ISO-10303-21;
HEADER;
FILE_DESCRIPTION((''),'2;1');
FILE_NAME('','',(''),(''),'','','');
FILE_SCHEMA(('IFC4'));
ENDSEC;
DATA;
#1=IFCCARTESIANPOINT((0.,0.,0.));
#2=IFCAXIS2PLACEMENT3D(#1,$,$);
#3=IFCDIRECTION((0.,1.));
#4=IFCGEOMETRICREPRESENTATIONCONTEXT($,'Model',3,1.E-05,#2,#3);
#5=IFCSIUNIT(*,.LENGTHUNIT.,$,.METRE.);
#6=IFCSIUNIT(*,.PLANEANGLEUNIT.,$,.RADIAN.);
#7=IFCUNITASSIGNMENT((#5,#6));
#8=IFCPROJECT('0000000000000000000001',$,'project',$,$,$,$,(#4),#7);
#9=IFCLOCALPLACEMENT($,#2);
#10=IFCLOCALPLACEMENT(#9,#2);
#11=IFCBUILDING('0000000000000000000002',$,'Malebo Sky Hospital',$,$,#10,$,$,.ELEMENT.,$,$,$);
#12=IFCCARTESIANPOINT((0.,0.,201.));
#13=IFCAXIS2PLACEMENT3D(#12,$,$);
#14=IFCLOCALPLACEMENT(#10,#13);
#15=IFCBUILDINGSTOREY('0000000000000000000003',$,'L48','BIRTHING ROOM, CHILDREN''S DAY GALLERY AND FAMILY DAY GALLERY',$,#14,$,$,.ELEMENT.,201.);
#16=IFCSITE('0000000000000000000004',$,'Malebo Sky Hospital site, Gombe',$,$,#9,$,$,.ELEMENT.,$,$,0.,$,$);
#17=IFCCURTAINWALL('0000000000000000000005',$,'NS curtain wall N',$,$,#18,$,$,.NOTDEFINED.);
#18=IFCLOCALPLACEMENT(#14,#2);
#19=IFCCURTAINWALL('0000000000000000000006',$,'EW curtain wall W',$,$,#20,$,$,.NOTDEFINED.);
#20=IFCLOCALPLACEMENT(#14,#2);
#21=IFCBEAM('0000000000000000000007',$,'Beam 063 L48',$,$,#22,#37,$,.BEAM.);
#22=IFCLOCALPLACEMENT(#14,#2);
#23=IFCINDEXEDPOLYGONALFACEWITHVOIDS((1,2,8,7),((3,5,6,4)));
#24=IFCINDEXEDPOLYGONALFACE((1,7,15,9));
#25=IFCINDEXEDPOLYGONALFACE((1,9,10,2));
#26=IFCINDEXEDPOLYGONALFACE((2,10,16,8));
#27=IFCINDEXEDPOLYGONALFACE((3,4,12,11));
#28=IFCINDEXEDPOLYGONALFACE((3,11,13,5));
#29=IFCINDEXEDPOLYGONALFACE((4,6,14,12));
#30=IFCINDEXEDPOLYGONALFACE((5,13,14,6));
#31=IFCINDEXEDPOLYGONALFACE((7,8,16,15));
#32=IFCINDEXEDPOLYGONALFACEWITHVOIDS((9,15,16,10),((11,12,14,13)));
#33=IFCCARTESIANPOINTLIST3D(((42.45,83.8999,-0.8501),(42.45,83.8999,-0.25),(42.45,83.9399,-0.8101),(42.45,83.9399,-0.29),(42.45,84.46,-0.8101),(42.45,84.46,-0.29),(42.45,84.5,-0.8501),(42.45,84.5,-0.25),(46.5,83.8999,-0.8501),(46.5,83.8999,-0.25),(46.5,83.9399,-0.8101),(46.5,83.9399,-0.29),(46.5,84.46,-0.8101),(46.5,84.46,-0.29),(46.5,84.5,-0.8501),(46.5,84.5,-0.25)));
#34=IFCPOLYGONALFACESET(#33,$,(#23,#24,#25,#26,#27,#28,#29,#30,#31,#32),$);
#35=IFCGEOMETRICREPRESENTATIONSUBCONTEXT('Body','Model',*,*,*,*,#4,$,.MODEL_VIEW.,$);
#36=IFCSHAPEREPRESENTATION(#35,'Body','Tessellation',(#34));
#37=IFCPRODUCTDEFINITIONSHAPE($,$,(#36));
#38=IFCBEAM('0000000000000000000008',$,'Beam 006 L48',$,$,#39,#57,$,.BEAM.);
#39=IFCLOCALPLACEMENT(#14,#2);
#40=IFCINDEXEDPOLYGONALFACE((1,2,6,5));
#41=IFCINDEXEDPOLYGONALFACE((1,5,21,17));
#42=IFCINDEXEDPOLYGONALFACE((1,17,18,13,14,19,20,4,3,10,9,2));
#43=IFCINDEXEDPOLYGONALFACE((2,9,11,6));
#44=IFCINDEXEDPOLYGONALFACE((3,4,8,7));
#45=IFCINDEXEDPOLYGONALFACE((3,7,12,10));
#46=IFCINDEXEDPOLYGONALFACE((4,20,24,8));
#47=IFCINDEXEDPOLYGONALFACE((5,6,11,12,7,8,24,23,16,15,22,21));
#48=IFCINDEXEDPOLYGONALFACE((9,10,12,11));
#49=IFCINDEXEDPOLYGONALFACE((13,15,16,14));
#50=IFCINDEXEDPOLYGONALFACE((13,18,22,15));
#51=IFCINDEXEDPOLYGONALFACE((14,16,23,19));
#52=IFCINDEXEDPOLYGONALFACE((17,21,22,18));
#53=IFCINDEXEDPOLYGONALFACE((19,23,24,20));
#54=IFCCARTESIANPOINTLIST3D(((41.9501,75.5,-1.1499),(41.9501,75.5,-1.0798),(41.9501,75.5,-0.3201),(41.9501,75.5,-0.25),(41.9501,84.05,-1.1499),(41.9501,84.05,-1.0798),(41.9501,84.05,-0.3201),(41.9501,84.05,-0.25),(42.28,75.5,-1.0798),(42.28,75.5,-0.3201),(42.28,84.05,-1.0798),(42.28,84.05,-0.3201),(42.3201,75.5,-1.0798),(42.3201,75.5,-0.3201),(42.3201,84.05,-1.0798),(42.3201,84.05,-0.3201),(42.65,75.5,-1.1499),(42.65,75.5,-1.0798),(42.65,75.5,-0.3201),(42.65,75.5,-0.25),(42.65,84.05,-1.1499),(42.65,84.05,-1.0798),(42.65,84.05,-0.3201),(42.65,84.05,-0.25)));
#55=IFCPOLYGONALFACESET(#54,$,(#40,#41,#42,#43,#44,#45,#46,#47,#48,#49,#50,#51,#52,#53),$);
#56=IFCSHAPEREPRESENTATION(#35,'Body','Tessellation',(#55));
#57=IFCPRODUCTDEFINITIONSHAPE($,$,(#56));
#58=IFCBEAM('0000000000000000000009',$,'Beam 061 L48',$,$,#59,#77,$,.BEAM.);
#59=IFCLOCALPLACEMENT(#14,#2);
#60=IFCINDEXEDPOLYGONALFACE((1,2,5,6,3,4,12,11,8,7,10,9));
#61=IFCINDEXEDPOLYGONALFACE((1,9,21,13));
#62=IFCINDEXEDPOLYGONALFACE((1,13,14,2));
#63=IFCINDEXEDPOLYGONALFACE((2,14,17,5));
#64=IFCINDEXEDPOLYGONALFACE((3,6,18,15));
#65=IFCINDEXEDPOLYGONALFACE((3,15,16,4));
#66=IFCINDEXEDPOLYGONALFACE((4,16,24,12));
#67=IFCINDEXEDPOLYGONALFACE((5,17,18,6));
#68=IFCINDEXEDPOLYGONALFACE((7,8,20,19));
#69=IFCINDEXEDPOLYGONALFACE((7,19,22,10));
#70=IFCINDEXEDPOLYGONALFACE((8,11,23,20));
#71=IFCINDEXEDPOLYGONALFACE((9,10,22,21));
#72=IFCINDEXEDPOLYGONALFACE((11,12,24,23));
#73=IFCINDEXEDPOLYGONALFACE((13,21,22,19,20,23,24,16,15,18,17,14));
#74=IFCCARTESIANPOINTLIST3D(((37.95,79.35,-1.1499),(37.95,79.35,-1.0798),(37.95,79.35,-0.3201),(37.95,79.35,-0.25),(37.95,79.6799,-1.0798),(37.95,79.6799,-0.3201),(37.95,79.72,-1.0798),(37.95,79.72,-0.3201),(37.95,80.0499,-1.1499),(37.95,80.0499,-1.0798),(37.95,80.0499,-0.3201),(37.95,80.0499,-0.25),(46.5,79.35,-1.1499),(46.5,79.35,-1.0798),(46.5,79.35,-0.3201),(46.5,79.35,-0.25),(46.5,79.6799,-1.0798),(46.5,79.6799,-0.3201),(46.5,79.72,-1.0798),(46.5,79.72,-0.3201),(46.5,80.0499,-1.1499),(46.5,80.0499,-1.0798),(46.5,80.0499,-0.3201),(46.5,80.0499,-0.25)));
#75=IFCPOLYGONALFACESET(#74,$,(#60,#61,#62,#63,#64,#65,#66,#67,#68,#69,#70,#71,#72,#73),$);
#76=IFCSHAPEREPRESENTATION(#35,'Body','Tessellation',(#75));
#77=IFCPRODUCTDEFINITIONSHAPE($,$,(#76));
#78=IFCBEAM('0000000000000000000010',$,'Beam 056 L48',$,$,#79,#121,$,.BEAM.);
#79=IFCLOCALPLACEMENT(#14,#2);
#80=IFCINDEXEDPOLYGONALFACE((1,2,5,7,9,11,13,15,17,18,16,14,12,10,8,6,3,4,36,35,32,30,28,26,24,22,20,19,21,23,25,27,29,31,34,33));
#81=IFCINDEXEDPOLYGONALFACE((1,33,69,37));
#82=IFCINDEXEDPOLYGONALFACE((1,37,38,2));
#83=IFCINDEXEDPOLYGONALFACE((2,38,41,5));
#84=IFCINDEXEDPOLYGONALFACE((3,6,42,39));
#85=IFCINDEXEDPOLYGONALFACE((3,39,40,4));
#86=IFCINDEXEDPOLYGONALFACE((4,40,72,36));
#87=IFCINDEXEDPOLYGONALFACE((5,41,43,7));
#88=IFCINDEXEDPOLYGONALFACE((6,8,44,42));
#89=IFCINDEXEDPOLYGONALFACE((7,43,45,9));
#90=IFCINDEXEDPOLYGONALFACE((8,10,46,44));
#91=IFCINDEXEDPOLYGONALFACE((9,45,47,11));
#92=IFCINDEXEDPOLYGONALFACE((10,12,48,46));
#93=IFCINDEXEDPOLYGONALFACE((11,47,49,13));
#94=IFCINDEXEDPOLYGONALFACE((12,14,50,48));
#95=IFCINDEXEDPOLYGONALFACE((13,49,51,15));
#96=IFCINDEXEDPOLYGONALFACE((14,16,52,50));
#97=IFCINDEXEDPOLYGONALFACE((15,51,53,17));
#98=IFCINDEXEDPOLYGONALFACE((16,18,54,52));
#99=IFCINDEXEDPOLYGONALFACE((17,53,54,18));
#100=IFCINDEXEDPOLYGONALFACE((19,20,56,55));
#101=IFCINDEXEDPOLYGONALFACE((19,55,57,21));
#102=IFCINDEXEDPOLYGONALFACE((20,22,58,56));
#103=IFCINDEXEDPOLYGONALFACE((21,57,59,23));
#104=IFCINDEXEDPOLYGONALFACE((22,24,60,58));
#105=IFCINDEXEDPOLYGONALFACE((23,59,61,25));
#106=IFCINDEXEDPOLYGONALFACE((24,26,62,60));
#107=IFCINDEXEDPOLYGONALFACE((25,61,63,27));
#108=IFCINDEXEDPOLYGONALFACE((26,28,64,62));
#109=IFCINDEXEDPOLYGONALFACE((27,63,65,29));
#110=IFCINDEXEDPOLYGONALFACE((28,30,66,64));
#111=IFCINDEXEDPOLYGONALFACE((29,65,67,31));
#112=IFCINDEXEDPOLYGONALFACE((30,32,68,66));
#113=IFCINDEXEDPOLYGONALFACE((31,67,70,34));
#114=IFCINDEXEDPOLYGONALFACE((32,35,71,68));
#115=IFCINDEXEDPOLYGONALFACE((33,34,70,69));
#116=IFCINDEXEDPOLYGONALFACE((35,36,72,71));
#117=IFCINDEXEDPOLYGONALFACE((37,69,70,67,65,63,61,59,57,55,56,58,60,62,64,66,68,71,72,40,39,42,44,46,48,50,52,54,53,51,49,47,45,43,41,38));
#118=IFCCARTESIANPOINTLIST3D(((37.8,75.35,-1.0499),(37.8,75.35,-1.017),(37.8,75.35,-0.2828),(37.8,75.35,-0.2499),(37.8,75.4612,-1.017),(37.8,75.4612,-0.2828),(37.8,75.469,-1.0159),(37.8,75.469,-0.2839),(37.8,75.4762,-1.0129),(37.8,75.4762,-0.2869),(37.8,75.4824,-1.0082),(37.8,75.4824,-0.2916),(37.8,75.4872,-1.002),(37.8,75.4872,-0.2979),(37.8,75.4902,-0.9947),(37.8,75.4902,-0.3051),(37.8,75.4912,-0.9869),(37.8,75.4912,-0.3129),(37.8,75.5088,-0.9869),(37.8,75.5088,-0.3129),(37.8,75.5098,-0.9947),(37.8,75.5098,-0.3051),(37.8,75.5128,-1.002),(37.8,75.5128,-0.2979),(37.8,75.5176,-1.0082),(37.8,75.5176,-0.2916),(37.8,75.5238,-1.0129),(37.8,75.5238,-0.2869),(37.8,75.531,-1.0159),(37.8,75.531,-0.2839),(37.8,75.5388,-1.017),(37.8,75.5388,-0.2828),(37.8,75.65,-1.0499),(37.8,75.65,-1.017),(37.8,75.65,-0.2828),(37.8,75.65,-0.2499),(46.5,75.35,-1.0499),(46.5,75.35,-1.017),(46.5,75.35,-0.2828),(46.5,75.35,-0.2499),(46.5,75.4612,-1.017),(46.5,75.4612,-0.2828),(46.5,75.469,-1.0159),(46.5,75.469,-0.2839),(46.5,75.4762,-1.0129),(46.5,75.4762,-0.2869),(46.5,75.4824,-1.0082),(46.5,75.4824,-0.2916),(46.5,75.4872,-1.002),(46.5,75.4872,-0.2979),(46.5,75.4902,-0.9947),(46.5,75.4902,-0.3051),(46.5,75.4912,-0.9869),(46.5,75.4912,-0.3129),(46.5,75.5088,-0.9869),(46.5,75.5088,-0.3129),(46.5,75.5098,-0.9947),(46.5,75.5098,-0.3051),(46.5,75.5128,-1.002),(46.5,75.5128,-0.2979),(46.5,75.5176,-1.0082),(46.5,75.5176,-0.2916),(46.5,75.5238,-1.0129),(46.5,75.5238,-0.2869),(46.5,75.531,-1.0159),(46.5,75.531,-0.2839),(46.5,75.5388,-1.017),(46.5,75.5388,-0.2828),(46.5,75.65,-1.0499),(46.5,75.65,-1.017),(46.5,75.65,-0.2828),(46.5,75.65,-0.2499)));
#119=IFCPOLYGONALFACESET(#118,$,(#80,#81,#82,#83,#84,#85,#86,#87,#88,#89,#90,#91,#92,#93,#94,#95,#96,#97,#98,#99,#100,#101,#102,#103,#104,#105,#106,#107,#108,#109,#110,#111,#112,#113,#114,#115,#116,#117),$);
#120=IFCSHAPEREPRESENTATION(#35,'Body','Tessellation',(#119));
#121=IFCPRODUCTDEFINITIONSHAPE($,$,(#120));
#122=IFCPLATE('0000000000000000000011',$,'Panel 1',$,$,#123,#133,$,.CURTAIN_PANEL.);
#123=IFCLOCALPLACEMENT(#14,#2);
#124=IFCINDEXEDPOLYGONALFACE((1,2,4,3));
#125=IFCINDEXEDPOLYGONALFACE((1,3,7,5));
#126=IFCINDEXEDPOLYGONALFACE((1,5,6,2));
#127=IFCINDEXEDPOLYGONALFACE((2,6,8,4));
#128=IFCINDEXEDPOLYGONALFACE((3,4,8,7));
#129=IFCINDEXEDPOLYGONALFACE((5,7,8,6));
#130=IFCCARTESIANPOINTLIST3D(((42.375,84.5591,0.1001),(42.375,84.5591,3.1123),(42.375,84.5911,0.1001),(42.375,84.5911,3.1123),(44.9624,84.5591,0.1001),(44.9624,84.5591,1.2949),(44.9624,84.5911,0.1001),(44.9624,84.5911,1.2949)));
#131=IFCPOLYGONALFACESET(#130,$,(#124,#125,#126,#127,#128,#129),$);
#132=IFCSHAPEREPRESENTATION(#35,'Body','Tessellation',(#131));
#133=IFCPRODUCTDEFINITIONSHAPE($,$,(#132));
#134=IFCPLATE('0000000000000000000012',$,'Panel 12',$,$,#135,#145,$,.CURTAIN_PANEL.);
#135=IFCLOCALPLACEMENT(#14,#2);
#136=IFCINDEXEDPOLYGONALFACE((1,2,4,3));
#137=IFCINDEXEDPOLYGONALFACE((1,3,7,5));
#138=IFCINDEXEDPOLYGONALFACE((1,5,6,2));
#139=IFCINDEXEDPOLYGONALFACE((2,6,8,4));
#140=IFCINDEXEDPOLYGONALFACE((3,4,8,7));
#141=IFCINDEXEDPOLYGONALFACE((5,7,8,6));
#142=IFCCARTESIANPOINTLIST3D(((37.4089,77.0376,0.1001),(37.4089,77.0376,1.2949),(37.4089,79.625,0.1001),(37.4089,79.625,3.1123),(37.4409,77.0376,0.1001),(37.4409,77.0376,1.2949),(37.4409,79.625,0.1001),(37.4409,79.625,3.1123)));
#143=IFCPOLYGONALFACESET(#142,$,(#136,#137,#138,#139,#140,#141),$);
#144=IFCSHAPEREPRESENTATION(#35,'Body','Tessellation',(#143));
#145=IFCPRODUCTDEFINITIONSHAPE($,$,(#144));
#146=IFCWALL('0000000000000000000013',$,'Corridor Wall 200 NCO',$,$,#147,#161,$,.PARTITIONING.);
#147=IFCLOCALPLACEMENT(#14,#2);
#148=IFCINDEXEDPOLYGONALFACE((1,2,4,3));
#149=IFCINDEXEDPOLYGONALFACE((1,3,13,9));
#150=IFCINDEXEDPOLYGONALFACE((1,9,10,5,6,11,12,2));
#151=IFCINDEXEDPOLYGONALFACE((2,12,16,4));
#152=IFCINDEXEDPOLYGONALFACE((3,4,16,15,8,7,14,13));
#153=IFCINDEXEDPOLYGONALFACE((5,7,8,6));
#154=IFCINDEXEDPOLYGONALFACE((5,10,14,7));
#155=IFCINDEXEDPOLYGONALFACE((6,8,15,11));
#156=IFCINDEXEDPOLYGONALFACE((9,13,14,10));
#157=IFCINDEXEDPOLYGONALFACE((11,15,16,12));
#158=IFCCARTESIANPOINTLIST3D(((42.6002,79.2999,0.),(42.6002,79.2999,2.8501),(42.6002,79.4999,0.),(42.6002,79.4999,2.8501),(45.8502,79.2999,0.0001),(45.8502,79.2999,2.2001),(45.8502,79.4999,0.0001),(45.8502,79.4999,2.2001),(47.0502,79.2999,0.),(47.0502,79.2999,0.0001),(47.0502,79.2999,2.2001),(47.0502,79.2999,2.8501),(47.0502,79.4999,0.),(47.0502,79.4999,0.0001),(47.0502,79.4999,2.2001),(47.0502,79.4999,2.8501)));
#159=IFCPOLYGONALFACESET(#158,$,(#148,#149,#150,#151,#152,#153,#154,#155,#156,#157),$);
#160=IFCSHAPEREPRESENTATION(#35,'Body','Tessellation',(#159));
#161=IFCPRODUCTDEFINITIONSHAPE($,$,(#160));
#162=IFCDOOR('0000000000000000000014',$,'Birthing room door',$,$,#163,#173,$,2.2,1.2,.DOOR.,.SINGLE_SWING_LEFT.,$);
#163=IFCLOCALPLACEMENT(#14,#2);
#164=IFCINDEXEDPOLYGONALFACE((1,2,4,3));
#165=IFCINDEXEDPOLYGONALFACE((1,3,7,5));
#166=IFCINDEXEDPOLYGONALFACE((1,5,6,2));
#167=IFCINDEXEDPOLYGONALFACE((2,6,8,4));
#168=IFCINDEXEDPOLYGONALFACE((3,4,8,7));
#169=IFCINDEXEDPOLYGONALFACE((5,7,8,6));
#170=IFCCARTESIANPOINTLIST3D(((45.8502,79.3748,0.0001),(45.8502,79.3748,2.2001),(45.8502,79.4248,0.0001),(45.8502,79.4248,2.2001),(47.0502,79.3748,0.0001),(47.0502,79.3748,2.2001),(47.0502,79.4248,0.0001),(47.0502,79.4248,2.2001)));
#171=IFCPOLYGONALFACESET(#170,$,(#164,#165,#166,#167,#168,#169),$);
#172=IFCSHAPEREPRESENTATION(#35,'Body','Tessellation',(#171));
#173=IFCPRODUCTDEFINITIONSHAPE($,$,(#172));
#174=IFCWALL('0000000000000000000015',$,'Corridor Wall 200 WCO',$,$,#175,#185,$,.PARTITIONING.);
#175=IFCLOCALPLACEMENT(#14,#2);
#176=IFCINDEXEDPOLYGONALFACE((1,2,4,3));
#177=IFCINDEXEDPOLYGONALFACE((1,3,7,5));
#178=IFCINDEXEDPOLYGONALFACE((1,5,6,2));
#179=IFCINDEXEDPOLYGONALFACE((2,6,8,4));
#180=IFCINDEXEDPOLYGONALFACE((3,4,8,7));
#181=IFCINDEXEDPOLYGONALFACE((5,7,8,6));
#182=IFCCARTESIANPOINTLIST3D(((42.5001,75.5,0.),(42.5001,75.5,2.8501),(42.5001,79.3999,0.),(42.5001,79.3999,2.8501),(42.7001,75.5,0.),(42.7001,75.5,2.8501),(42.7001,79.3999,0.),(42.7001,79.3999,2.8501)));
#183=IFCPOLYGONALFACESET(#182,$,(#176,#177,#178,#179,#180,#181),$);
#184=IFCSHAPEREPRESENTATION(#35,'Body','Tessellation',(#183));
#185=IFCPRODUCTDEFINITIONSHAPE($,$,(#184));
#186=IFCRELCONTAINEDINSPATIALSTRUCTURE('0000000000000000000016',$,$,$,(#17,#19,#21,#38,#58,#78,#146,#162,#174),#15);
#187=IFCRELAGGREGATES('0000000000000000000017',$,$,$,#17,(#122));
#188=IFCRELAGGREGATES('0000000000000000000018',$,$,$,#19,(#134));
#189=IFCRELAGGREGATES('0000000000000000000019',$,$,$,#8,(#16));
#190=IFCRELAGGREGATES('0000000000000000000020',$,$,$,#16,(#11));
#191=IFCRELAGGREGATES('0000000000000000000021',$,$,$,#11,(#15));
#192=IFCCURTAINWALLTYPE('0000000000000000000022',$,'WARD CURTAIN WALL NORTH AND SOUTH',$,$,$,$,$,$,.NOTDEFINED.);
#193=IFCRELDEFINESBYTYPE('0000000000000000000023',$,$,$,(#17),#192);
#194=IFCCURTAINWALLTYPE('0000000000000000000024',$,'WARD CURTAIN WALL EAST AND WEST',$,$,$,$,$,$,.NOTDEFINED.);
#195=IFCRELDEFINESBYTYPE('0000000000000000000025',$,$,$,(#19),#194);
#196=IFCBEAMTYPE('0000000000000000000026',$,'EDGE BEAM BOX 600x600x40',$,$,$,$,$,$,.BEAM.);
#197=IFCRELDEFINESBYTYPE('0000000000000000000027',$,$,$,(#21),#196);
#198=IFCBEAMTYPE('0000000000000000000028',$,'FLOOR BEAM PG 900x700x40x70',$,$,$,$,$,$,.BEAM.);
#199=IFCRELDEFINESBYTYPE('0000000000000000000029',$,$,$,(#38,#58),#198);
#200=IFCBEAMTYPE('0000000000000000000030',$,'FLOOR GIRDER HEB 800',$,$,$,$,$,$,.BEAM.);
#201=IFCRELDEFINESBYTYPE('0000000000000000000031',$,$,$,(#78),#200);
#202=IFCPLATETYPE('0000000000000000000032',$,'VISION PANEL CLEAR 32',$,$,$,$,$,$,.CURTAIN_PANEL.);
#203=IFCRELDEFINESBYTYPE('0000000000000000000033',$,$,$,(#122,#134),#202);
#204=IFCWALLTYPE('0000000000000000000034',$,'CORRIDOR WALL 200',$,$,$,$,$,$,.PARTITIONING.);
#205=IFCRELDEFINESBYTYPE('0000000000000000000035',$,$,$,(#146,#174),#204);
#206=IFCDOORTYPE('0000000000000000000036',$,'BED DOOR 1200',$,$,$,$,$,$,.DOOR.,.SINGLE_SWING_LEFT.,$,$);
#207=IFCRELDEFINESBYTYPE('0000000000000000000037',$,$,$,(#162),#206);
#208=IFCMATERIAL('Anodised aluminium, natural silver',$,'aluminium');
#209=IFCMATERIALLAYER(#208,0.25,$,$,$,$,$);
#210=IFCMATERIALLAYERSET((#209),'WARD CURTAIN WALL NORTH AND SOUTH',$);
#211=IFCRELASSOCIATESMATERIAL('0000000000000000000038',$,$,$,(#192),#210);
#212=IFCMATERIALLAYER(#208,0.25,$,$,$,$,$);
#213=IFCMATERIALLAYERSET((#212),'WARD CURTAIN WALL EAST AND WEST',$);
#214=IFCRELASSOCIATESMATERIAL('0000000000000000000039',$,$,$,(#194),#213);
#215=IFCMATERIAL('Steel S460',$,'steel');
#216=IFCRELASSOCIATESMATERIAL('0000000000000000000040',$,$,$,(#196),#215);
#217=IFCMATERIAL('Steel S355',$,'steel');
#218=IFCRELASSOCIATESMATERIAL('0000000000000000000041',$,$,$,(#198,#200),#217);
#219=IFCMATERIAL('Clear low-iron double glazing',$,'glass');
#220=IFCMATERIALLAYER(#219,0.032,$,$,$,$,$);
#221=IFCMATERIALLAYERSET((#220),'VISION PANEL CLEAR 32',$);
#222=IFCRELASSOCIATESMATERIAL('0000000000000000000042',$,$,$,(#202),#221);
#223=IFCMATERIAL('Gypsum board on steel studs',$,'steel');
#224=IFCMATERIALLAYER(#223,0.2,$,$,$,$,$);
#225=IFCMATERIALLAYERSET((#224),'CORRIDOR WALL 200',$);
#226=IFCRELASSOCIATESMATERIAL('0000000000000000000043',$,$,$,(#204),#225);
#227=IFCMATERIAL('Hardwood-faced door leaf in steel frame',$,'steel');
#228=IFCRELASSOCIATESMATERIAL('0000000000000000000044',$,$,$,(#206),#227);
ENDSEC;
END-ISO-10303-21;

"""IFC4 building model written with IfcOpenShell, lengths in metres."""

from ifc_helpers import new_model, si_unit, direction, frame, frame_2d, origin, origin_2d, place, context, subcontext, project, spatial, polyline, rectangle, hollow_rectangle, i_section, outline, extrude, material, layer, layer_set, material_profile, profile_set, type_object, element, fill, aggregate, save


model = new_model("IFC4")

# Units and contexts
model_context = context("Model", 3, precision=1e-05, world=origin(), true_north=direction((0.0, 1.0)))
body_context = subcontext(model_context, "Body", "Model", "MODEL_VIEW")
ifc_project = project(units=[si_unit("LENGTHUNIT", "METRE"), si_unit("PLANEANGLEUNIT", "RADIAN")], contexts=[model_context])

# Site, building, storey
site_placement = place(None, origin())
site = spatial("IfcSite", under=ifc_project, at=site_placement, Name="Malebo Sky Hospital site, Gombe", CompositionType="ELEMENT", RefElevation=0.0)
building_placement = place(site_placement, origin())
building = spatial("IfcBuilding", under=site, at=building_placement, Name="Malebo Sky Hospital", CompositionType="ELEMENT")
storey_placement = place(building_placement, frame((0.0, 0.0, 201.0)))
storey = spatial("IfcBuildingStorey", under=building, at=storey_placement, Name="L48", Description="BIRTHING ROOM, CHILDREN'S DAY GALLERY AND FAMILY DAY GALLERY", CompositionType="ELEMENT", Elevation=201.0)

# Shared definitions
ifc_material_1 = material(Name="Steel S460", Category="steel")

# Curtain wall
ifc_material_2 = material(Name="Anodised aluminium, natural silver", Category="aluminium")
ifc_layer_1 = layer(ifc_material_2, 0.25)
ifc_layer_set_1 = layer_set([ifc_layer_1], Name="WARD CURTAIN WALL NORTH AND SOUTH")
curtain_wall_type_1 = type_object("IfcCurtainWallType", Name="WARD CURTAIN WALL NORTH AND SOUTH", PredefinedType="NOTDEFINED", material=ifc_layer_set_1)
curtain_wall_1_placement = place(storey_placement, origin())
curtain_wall_1 = element("IfcCurtainWall", 1, at=curtain_wall_1_placement, inside=storey, type_object=curtain_wall_type_1, Name="NS curtain wall N", PredefinedType="NOTDEFINED")

# Curtain wall
ifc_layer_2 = layer(ifc_material_2, 0.25)
ifc_layer_set_2 = layer_set([ifc_layer_2], Name="WARD CURTAIN WALL EAST AND WEST")
curtain_wall_type_2 = type_object("IfcCurtainWallType", Name="WARD CURTAIN WALL EAST AND WEST", PredefinedType="NOTDEFINED", material=ifc_layer_set_2)
curtain_wall_2_placement = place(storey_placement, origin())
curtain_wall_2 = element("IfcCurtainWall", 2, at=curtain_wall_2_placement, inside=storey, type_object=curtain_wall_type_2, Name="EW curtain wall W", PredefinedType="NOTDEFINED")

# Beams
ifc_material_profile_1 = material_profile(ifc_material_1, hollow_rectangle(XDim=0.6001, YDim=0.6001, WallThickness=0.04, at=origin_2d()), Name="BOX 600x600x40")
ifc_profile_set_1 = profile_set([ifc_material_profile_1], Name="Steel S460")
beam_type_1 = type_object("IfcBeamType", Name="EDGE BEAM BOX 600x600x40", PredefinedType="BEAM", material=ifc_profile_set_1)
for number, where, z_axis, x_axis, name in (
    (3, (42.45, 84.2, -0.55), (1.0, 0.0, 0.0), (0.0, 1.0, 0.0), "Beam 063 L48"),
):
    element("IfcBeam", number, at=place(storey_placement, frame(where, z_axis=z_axis, x_axis=x_axis)), inside=storey, type_object=beam_type_1, Name=name, PredefinedType="BEAM", context=body_context, shape_type="SweptSolid", body=[
        extrude(hollow_rectangle(XDim=0.6001, YDim=0.6001, WallThickness=0.04, at=origin_2d()), origin(), (0.0, 0.0, 1.0), 4.05),
    ])
ifc_material_3 = material(Name="Steel S355", Category="steel")
ifc_material_profile_2 = material_profile(ifc_material_3, i_section(OverallWidth=0.7, OverallDepth=0.8999, WebThickness=0.04, FlangeThickness=0.0701, at=origin_2d()), Name="PG 900x700x40x70")
ifc_profile_set_2 = profile_set([ifc_material_profile_2], Name="Steel S355")
beam_type_2 = type_object("IfcBeamType", Name="FLOOR BEAM PG 900x700x40x70", PredefinedType="BEAM", material=ifc_profile_set_2)
for number, where, z_axis, x_axis, name in (
    (4, (42.3, 75.5, -0.7), (0.0, 1.0, 0.0), (-1.0, 0.0, 0.0), "Beam 006 L48"),
    (5, (37.95, 79.7, -0.7), (1.0, 0.0, 0.0), (0.0, 1.0, 0.0), "Beam 061 L48"),
):
    element("IfcBeam", number, at=place(storey_placement, frame(where, z_axis=z_axis, x_axis=x_axis)), inside=storey, type_object=beam_type_2, Name=name, PredefinedType="BEAM", context=body_context, shape_type="SweptSolid", body=[
        extrude(i_section(OverallWidth=0.7, OverallDepth=0.8999, WebThickness=0.04, FlangeThickness=0.0701, at=origin_2d()), origin(), (0.0, 0.0, 1.0), 8.55),
    ])
ifc_material_profile_3 = material_profile(ifc_material_3, i_section(OverallWidth=0.3, OverallDepth=0.8, WebThickness=0.0176, FlangeThickness=0.033, FilletRadius=0.03, at=origin_2d()), Name="HEB 800")
ifc_profile_set_3 = profile_set([ifc_material_profile_3], Name="Steel S355")
beam_type_3 = type_object("IfcBeamType", Name="FLOOR GIRDER HEB 800", PredefinedType="BEAM", material=ifc_profile_set_3)
beam_placement = place(storey_placement, frame((37.8, 75.5, -0.6499), z_axis=(1.0, 0.0, 0.0), x_axis=(0.0, 1.0, 0.0)))
element("IfcBeam", 6, at=beam_placement, inside=storey, type_object=beam_type_3, Name="Beam 056 L48", PredefinedType="BEAM", context=body_context, shape_type="SweptSolid", body=[
    extrude(i_section(OverallWidth=0.3, OverallDepth=0.8, WebThickness=0.0176, FlangeThickness=0.033, FilletRadius=0.03, at=origin_2d()), origin(), (0.0, 0.0, 1.0), 8.7),
])

# Plates
ifc_material_4 = material(Name="Clear low-iron double glazing", Category="glass")
ifc_layer_3 = layer(ifc_material_4, 0.032)
ifc_layer_set_3 = layer_set([ifc_layer_3], Name="VISION PANEL CLEAR 32")
plate_type = type_object("IfcPlateType", Name="VISION PANEL CLEAR 32", PredefinedType="CURTAIN_PANEL", material=ifc_layer_set_3)
plate_1_placement = place(storey_placement, frame((43.6687, 84.575, 0.1001), z_axis=(0.0, 0.0, 1.0), x_axis=(1.0, 0.0, 0.0)))
plate_1 = element("IfcPlate", 7, at=plate_1_placement, type_object=plate_type, Name="Panel 1", PredefinedType="CURTAIN_PANEL", context=body_context, shape_type="SweptSolid", body=[
    extrude(outline(polyline([(-1.2937, 0.0), (1.2937, 0.0), (1.2937, 1.1948), (-1.2937, 3.0122), (-1.2937, 0.0)])), frame((0.0, 0.0161, 0.0), z_axis=(0.0, -1.0, 0.0), x_axis=(1.0, 0.0, 0.0)), (0.0, 0.0, 1.0), 0.032),
])
aggregate(curtain_wall_1, [plate_1])
plate_2_placement = place(storey_placement, frame((37.425, 78.3313, 0.1001), z_axis=(0.0, 0.0, 1.0), x_axis=(0.0, 1.0, 0.0)))
plate_2 = element("IfcPlate", 8, at=plate_2_placement, type_object=plate_type, Name="Panel 12", PredefinedType="CURTAIN_PANEL", context=body_context, shape_type="SweptSolid", body=[
    extrude(outline(polyline([(-1.2937, 0.0), (1.2937, 0.0), (1.2937, 3.0122), (-1.2937, 1.1948), (-1.2937, 0.0)])), frame((0.0, 0.0161, 0.0), z_axis=(0.0, -1.0, 0.0), x_axis=(1.0, 0.0, 0.0)), (0.0, 0.0, 1.0), 0.032),
])
aggregate(curtain_wall_2, [plate_2])

# Wall, opening, door
ifc_material_5 = material(Name="Gypsum board on steel studs", Category="steel")
ifc_layer_4 = layer(ifc_material_5, 0.2)
ifc_layer_set_4 = layer_set([ifc_layer_4], Name="CORRIDOR WALL 200")
wall_type_1 = type_object("IfcWallType", Name="CORRIDOR WALL 200", PredefinedType="PARTITIONING", material=ifc_layer_set_4)
wall_1_placement = place(storey_placement, frame((42.6001, 79.3999, 0.0), z_axis=(0.0, 0.0, 1.0), x_axis=(1.0, 0.0, 0.0)))
wall_1 = element("IfcWall", 9, at=wall_1_placement, inside=storey, type_object=wall_type_1, Name="Corridor Wall 200 NCO", PredefinedType="PARTITIONING", context=body_context, shape_type="SweptSolid", body=[
    extrude(rectangle(XDim=4.45, YDim=0.2, at=frame_2d((2.2251, 0.0))), origin(), (0.0, 0.0, 1.0), 2.8501),
])
opening_1_placement = place(wall_1_placement, frame((3.25, 0.0, 0.0)))
opening_1 = element("IfcOpeningElement", 10, at=opening_1_placement, cuts=wall_1, PredefinedType="OPENING", context=body_context, shape_type="SweptSolid", body=[
    extrude(rectangle(XDim=1.2, YDim=2.2, at=frame_2d((0.6001, 1.1001))), frame((0.0, 0.1099, 0.0), z_axis=(0.0, -1.0, 0.0), x_axis=(1.0, 0.0, 0.0)), (0.0, 0.0, 1.0), 0.22),
])
ifc_material_6 = material(Name="Hardwood-faced door leaf in steel frame", Category="steel")
door_type_1 = type_object("IfcDoorType", Name="BED DOOR 1200", OperationType="SINGLE_SWING_LEFT", PredefinedType="DOOR", material=ifc_material_6)
door_1_placement = place(opening_1_placement, origin())
door_1 = element("IfcDoor", 11, at=door_1_placement, inside=storey, type_object=door_type_1, Name="Birthing room door", OperationType="SINGLE_SWING_LEFT", OverallHeight=2.2, OverallWidth=1.2, PredefinedType="DOOR", context=body_context, shape_type="SweptSolid", body=[
    extrude(rectangle(XDim=1.2, YDim=2.2, at=frame_2d((0.6001, 1.1001))), frame((0.0, 0.0249, 0.0), z_axis=(0.0, -1.0, 0.0), x_axis=(1.0, 0.0, 0.0)), (0.0, 0.0, 1.0), 0.05),
])
fill(opening_1, door_1)

# Wall
wall_2_placement = place(storey_placement, frame((42.6001, 75.5, 0.0), z_axis=(0.0, 0.0, 1.0), x_axis=(0.0, 1.0, 0.0)))
element("IfcWall", 12, at=wall_2_placement, inside=storey, type_object=wall_type_1, Name="Corridor Wall 200 WCO", PredefinedType="PARTITIONING", context=body_context, shape_type="SweptSolid", body=[
    extrude(rectangle(XDim=3.8999, YDim=0.2, at=frame_2d((1.95, 0.0))), origin(), (0.0, 0.0, 1.0), 2.8501),
])

save(model, "model.ifc")
